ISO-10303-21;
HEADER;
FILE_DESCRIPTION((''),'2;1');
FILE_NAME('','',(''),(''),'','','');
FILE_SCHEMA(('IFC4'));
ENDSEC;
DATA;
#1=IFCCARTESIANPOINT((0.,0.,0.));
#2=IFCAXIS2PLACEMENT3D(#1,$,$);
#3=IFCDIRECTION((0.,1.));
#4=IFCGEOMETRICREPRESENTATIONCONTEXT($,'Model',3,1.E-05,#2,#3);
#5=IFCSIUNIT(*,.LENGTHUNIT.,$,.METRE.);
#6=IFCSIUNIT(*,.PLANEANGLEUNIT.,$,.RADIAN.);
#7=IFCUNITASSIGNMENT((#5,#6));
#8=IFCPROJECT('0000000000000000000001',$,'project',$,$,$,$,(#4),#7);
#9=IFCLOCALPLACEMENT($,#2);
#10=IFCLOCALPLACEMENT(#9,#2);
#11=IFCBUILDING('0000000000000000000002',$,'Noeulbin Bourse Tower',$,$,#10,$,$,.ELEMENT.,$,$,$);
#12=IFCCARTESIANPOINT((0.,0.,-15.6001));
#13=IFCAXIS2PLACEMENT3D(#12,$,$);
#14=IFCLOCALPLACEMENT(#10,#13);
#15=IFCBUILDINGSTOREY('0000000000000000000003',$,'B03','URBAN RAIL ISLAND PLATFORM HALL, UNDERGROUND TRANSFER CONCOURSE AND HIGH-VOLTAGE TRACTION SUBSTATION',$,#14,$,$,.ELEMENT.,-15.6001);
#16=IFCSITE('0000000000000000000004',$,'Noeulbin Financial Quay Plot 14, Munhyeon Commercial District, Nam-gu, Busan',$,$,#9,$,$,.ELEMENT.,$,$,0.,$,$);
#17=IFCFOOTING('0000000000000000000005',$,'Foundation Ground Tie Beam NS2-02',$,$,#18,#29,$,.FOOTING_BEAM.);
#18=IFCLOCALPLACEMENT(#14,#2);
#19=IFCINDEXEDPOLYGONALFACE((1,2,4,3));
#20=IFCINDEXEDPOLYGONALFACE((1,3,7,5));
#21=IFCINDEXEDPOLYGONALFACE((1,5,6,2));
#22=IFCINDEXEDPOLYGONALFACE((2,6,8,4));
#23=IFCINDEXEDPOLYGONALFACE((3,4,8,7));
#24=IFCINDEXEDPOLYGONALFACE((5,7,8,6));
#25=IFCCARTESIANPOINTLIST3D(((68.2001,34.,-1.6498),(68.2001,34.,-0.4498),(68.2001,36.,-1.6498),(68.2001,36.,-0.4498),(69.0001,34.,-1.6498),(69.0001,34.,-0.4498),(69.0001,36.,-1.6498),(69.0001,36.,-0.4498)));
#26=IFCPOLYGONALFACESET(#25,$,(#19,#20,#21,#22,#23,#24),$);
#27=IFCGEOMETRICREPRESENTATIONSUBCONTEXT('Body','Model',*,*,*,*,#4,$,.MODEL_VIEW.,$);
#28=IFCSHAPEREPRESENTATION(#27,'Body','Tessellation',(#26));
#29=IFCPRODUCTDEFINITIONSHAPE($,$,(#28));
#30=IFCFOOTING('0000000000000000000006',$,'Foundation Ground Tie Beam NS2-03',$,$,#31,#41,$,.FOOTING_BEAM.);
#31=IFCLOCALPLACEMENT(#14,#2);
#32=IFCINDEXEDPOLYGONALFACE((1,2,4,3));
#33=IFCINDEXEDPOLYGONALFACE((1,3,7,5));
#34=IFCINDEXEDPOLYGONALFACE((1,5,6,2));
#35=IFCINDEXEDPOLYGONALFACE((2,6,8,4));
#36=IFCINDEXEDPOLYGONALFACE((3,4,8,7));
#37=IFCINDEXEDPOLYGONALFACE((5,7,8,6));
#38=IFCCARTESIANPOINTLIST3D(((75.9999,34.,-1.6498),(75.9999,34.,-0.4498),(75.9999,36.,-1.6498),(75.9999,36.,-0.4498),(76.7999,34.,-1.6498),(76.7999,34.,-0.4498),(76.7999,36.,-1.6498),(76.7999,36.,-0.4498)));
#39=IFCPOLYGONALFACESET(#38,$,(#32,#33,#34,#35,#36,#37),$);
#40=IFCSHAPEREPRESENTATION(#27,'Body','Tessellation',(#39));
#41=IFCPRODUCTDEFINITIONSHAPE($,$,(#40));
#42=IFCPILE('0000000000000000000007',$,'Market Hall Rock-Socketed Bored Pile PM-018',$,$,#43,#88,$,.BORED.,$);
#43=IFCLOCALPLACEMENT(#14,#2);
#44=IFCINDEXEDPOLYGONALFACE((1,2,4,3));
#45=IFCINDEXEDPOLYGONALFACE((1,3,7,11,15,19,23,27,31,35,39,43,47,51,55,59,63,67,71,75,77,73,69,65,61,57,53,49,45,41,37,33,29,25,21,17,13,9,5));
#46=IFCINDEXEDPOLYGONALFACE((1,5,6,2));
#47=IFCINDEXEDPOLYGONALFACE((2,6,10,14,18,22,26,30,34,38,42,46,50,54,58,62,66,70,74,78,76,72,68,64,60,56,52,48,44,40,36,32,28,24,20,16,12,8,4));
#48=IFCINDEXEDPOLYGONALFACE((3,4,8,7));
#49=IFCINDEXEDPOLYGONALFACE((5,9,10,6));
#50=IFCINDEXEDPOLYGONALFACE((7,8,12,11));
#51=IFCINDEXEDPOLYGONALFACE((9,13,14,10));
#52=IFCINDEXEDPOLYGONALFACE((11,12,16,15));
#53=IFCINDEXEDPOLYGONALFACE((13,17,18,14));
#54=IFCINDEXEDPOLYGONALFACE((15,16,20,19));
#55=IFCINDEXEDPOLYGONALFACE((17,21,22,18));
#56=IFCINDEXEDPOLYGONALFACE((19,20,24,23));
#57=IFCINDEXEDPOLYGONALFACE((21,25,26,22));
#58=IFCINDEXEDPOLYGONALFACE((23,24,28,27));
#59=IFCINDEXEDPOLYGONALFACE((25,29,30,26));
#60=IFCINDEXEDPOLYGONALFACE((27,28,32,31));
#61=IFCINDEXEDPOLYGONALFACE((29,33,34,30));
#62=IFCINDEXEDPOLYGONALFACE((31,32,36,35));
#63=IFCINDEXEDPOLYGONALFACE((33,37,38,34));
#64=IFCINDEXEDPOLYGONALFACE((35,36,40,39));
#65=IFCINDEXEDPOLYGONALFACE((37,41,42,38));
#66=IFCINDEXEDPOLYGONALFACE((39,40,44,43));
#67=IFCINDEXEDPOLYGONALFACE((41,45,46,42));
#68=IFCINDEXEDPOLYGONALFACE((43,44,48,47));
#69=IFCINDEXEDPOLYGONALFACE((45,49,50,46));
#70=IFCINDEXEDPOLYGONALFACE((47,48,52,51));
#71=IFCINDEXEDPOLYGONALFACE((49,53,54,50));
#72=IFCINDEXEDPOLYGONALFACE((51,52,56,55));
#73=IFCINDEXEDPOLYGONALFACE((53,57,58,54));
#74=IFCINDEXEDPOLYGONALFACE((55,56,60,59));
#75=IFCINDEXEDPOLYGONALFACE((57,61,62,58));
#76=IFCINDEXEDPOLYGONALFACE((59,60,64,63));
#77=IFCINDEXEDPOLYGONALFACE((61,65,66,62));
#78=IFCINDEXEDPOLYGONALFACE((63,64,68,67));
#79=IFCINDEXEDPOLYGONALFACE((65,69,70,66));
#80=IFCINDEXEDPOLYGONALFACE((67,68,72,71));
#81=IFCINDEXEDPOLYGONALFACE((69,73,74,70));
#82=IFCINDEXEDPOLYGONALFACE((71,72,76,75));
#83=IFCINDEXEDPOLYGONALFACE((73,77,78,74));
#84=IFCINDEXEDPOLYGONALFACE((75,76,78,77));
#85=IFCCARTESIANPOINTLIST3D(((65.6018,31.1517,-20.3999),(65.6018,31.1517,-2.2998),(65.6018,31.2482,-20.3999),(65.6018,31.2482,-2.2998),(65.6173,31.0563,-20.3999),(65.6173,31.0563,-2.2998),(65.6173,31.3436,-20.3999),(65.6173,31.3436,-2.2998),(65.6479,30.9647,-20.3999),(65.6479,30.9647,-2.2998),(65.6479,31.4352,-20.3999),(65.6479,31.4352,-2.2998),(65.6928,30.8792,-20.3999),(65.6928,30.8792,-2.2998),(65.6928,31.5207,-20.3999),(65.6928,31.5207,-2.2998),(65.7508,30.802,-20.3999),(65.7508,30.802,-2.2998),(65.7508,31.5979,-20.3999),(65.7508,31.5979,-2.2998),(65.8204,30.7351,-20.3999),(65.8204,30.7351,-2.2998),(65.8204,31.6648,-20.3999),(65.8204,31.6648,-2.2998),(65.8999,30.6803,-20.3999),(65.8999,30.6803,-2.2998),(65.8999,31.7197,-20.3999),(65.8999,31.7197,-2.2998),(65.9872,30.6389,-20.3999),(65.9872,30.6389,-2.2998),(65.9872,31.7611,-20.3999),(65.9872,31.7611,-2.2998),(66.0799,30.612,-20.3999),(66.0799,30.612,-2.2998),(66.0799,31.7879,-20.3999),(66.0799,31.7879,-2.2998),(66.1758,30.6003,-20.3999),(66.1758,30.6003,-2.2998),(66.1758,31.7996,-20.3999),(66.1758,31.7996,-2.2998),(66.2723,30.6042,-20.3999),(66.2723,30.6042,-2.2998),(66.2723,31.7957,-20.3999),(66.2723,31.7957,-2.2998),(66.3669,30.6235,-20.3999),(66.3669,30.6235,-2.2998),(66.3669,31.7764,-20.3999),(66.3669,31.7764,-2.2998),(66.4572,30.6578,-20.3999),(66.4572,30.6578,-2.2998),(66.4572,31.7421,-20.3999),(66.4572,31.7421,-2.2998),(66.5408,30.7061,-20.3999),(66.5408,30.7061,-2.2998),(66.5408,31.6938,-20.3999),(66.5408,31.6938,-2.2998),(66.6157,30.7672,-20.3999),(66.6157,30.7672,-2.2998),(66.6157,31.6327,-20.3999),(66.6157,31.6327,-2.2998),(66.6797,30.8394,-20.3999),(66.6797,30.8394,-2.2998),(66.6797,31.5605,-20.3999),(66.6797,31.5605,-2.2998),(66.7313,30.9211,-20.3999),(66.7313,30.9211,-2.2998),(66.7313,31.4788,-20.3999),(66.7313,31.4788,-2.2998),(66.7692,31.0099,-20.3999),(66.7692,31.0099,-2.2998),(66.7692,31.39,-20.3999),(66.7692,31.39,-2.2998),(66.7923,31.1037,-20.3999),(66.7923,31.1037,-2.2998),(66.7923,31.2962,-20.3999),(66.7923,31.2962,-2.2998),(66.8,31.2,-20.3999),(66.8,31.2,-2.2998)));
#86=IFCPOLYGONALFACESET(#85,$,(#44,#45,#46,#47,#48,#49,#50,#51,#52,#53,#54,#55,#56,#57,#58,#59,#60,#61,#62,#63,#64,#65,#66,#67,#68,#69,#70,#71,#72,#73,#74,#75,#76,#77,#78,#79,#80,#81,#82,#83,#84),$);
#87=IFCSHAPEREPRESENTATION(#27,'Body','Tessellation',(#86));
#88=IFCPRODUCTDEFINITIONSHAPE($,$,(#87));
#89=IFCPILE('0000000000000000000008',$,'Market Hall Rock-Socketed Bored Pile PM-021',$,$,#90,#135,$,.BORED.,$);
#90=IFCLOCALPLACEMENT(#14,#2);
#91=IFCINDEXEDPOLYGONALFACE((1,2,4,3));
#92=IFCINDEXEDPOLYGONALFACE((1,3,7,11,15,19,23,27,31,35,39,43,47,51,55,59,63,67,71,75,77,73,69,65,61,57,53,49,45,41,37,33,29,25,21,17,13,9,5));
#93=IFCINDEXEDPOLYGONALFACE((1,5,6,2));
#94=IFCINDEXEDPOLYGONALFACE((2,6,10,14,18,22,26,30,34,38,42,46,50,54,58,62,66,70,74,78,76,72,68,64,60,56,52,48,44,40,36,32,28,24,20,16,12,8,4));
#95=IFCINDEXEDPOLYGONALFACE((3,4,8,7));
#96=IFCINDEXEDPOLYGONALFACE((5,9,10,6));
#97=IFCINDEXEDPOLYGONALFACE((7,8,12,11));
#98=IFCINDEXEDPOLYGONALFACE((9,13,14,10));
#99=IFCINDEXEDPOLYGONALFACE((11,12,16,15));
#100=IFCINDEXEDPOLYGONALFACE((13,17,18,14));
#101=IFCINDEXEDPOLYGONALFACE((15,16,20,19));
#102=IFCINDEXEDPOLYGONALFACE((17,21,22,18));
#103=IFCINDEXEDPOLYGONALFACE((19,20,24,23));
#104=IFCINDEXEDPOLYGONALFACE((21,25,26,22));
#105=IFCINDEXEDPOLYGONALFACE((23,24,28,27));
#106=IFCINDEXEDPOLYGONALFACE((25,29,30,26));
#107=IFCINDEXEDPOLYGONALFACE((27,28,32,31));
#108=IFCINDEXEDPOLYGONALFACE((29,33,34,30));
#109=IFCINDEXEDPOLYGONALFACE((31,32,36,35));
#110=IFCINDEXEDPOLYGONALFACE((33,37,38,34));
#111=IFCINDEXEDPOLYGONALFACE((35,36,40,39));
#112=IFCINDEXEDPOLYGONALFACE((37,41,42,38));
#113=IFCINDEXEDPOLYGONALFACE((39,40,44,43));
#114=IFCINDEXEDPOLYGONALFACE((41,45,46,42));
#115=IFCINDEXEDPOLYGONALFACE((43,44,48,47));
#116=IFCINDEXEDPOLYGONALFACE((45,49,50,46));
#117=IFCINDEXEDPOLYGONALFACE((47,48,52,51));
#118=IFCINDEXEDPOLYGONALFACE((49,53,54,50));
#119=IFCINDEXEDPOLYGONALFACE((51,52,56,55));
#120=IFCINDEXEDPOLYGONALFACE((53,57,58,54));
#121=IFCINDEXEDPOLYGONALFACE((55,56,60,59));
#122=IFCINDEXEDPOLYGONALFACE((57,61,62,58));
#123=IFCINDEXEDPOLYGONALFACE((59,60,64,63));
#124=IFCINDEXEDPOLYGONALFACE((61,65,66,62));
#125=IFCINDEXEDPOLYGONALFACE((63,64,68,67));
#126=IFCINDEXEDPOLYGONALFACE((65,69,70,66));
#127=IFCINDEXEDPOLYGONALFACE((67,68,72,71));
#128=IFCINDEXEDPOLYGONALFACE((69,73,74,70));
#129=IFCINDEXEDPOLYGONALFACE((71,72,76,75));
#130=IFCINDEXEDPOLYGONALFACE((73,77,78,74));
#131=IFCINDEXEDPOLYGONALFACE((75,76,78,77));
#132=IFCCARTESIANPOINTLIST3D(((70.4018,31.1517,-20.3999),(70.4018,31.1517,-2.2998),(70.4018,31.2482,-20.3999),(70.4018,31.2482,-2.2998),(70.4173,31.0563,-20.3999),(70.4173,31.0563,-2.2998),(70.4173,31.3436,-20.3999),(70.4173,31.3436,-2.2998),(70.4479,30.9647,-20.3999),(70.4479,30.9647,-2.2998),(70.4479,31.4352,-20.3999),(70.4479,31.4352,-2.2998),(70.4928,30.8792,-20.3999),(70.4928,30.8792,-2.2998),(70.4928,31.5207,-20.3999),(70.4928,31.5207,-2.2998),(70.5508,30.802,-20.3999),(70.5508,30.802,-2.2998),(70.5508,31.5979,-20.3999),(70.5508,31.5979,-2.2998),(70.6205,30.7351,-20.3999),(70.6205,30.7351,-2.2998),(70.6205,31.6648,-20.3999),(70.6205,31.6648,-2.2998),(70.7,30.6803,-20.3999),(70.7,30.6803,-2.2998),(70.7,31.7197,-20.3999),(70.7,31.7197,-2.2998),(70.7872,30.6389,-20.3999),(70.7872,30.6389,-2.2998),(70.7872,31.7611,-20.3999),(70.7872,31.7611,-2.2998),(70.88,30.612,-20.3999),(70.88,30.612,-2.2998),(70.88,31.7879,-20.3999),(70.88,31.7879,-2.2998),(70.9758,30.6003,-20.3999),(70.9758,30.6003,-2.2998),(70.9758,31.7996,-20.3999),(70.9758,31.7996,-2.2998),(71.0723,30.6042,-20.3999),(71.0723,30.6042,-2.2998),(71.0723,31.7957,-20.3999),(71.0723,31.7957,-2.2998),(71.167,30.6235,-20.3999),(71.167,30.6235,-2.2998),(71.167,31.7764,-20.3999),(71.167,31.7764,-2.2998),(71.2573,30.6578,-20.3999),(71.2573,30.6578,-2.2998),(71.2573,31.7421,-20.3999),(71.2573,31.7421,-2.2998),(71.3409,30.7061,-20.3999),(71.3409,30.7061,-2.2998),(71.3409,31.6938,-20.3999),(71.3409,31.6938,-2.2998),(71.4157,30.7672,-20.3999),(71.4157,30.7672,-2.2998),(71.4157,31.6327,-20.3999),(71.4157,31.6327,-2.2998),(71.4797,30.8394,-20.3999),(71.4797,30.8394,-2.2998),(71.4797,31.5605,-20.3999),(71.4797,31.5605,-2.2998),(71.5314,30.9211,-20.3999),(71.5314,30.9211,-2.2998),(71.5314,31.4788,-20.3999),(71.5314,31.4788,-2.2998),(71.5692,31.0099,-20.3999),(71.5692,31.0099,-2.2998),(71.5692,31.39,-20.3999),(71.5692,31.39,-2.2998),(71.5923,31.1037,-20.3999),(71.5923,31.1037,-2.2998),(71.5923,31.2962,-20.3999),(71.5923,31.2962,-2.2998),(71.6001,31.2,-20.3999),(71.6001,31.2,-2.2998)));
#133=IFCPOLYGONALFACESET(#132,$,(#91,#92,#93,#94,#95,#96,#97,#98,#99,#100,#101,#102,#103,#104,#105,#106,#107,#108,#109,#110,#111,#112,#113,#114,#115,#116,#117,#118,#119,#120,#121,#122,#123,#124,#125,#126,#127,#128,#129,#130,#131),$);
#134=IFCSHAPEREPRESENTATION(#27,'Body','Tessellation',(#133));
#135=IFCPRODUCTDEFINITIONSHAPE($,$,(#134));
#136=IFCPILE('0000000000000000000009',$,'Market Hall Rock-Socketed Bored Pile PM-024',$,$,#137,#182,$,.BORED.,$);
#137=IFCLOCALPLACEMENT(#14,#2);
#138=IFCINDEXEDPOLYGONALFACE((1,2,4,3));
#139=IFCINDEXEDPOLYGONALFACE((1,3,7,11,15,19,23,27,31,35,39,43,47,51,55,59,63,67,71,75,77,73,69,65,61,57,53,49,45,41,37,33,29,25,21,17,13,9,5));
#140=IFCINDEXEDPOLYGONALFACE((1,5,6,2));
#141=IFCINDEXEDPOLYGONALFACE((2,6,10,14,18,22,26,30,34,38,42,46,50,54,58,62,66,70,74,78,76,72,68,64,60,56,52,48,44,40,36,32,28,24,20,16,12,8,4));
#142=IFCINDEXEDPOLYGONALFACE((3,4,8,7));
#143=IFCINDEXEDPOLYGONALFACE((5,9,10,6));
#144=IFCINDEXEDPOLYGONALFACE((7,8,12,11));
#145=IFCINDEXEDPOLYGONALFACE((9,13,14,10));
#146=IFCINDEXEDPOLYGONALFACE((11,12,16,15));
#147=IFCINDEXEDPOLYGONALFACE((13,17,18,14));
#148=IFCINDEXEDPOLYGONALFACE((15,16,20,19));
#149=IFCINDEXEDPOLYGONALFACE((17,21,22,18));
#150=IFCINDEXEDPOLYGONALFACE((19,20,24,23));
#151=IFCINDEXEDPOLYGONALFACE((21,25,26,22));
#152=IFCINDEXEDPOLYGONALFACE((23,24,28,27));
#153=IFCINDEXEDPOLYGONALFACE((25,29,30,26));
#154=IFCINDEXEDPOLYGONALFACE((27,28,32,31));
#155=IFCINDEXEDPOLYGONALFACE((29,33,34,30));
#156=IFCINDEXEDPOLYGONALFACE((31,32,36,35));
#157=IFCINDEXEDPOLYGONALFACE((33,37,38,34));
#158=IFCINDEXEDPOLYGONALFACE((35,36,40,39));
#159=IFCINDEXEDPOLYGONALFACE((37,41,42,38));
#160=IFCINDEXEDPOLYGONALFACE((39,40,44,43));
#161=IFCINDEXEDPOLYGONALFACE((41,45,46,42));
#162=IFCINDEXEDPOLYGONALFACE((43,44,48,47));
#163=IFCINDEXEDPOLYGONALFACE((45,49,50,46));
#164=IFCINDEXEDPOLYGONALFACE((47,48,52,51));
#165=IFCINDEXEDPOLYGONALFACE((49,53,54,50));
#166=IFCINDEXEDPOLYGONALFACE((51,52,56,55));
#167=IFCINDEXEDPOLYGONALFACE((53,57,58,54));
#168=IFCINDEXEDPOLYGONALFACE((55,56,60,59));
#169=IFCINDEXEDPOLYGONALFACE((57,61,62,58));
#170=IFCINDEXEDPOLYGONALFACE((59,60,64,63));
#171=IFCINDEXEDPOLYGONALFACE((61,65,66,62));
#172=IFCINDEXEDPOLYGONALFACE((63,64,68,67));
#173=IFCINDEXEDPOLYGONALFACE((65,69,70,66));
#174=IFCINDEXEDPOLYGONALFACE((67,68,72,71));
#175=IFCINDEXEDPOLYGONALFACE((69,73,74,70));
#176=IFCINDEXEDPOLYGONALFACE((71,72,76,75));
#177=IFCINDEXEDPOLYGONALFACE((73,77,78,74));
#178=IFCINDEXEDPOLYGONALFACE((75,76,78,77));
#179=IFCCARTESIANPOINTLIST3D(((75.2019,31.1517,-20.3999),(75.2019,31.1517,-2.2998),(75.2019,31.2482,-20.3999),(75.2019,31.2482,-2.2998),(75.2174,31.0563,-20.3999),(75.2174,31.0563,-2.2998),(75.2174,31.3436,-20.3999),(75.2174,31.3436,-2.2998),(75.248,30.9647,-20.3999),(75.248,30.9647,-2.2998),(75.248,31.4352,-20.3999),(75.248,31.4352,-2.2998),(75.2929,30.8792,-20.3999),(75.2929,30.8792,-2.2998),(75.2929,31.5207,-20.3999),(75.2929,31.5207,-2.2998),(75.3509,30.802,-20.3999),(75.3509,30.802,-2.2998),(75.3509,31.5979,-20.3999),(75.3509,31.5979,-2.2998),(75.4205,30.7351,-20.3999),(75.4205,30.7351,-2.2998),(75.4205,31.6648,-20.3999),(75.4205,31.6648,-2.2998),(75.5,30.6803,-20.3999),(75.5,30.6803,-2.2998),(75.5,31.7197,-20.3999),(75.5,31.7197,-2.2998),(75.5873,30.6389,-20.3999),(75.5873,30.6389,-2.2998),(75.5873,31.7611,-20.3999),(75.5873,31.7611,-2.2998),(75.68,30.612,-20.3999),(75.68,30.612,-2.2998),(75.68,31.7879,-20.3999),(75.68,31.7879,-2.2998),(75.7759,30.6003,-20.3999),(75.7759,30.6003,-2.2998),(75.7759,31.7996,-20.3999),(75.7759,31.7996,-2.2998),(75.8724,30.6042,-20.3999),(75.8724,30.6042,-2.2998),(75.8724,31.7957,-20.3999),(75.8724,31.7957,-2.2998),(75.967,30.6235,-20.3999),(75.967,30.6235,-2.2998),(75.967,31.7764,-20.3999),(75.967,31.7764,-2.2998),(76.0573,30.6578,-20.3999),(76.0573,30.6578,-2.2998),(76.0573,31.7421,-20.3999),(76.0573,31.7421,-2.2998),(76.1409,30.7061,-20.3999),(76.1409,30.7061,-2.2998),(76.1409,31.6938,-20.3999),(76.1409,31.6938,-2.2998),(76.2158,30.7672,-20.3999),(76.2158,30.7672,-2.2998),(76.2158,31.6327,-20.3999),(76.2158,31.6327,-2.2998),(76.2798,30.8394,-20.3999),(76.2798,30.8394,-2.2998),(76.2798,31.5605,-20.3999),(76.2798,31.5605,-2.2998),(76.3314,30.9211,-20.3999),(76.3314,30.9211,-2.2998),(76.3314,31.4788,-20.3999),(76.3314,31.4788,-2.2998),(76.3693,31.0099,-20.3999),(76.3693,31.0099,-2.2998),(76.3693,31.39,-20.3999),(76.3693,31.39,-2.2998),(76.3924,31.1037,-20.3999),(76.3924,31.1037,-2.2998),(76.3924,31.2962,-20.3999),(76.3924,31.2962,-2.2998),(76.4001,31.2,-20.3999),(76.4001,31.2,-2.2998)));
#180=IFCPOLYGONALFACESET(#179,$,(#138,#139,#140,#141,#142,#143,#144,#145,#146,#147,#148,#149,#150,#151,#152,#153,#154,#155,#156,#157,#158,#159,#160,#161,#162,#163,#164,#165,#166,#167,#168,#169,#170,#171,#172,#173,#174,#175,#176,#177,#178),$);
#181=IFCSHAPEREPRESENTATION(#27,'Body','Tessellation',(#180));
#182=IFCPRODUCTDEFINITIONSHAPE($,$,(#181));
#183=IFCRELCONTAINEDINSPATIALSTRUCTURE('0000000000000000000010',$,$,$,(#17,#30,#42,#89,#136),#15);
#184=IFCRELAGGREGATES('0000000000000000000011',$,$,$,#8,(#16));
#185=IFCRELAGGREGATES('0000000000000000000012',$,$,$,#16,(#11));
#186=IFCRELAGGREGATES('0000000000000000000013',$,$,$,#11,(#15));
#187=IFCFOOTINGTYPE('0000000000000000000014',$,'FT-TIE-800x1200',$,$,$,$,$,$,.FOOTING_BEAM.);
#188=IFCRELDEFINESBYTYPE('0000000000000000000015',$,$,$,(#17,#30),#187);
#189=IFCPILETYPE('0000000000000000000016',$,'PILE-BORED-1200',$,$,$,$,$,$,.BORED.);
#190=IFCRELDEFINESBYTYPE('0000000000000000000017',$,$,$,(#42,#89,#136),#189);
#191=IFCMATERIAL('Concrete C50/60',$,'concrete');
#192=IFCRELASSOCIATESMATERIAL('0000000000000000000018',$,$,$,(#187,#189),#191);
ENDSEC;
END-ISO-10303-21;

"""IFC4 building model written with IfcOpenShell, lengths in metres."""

from ifc_helpers import new_model, si_unit, direction, frame, origin, origin_2d, place, context, subcontext, project, spatial, rectangle, circle, extrude, material, material_profile, profile_set, type_object, element, save


model = new_model("IFC4")

# Units and contexts
model_context = context("Model", 3, precision=1e-05, world=origin(), true_north=direction((0.0, 1.0)))
body_context = subcontext(model_context, "Body", "Model", "MODEL_VIEW")
ifc_project = project(units=[si_unit("LENGTHUNIT", "METRE"), si_unit("PLANEANGLEUNIT", "RADIAN")], contexts=[model_context])

# Site, building, storey
site_placement = place(None, origin())
site = spatial("IfcSite", under=ifc_project, at=site_placement, Name="Noeulbin Financial Quay Plot 14, Munhyeon Commercial District, Nam-gu, Busan", CompositionType="ELEMENT", RefElevation=0.0)
building_placement = place(site_placement, origin())
building = spatial("IfcBuilding", under=site, at=building_placement, Name="Noeulbin Bourse Tower", CompositionType="ELEMENT")
storey_placement = place(building_placement, frame((0.0, 0.0, -15.6001)))
storey = spatial("IfcBuildingStorey", under=building, at=storey_placement, Name="B03", Description="URBAN RAIL ISLAND PLATFORM HALL, UNDERGROUND TRANSFER CONCOURSE AND HIGH-VOLTAGE TRACTION SUBSTATION", CompositionType="ELEMENT", Elevation=-15.6001)

# Footings
ifc_material_1 = material(Name="Concrete C50/60", Category="concrete")
ifc_material_profile_1 = material_profile(ifc_material_1, rectangle(XDim=0.8, YDim=1.2, at=origin_2d()), Name="RC-TB-800x1200", Category="LoadBearing")
ifc_profile_set_1 = profile_set([ifc_material_profile_1], Name="Concrete C50/60")
footing_type = type_object("IfcFootingType", Name="FT-TIE-800x1200", PredefinedType="FOOTING_BEAM", material=ifc_profile_set_1)
for number, where, z_axis, x_axis, name in (
    (1, (68.6001, 34.0, -1.0498), (0.0, 1.0, 0.0), (-1.0, 0.0, 0.0), "Foundation Ground Tie Beam NS2-02"),
    (2, (76.3999, 34.0, -1.0498), (0.0, 1.0, 0.0), (-1.0, 0.0, 0.0), "Foundation Ground Tie Beam NS2-03"),
):
    element("IfcFooting", number, at=place(storey_placement, frame(where, z_axis=z_axis, x_axis=x_axis)), inside=storey, type_object=footing_type, Name=name, PredefinedType="FOOTING_BEAM", context=body_context, shape_type="SweptSolid", body=[
        extrude(rectangle(XDim=0.8, YDim=1.2, at=origin_2d()), origin(), (0.0, 0.0, 1.0), 2.0),
    ])

# Piles
ifc_material_profile_2 = material_profile(ifc_material_1, circle(Radius=0.6001, at=origin_2d()), Name="PILE-D1200", Category="LoadBearing")
ifc_profile_set_2 = profile_set([ifc_material_profile_2], Name="Concrete C50/60")
pile_type = type_object("IfcPileType", Name="PILE-BORED-1200", PredefinedType="BORED", material=ifc_profile_set_2)
for number, where, z_axis, x_axis, name in (
    (3, (66.2, 31.2, -2.2998), (0.0, 0.0, -1.0), (1.0, 0.0, 0.0), "Market Hall Rock-Socketed Bored Pile PM-018"),
    (4, (71.0, 31.2, -2.2998), (0.0, 0.0, -1.0), (1.0, 0.0, 0.0), "Market Hall Rock-Socketed Bored Pile PM-021"),
    (5, (75.8, 31.2, -2.2998), (0.0, 0.0, -1.0), (1.0, 0.0, 0.0), "Market Hall Rock-Socketed Bored Pile PM-024"),
):
    element("IfcPile", number, at=place(storey_placement, frame(where, z_axis=z_axis, x_axis=x_axis)), inside=storey, type_object=pile_type, Name=name, PredefinedType="BORED", context=body_context, shape_type="SweptSolid", body=[
        extrude(circle(Radius=0.6001, at=origin_2d()), origin(), (0.0, 0.0, 1.0), 18.1001),
    ])

save(model, "model.ifc")
